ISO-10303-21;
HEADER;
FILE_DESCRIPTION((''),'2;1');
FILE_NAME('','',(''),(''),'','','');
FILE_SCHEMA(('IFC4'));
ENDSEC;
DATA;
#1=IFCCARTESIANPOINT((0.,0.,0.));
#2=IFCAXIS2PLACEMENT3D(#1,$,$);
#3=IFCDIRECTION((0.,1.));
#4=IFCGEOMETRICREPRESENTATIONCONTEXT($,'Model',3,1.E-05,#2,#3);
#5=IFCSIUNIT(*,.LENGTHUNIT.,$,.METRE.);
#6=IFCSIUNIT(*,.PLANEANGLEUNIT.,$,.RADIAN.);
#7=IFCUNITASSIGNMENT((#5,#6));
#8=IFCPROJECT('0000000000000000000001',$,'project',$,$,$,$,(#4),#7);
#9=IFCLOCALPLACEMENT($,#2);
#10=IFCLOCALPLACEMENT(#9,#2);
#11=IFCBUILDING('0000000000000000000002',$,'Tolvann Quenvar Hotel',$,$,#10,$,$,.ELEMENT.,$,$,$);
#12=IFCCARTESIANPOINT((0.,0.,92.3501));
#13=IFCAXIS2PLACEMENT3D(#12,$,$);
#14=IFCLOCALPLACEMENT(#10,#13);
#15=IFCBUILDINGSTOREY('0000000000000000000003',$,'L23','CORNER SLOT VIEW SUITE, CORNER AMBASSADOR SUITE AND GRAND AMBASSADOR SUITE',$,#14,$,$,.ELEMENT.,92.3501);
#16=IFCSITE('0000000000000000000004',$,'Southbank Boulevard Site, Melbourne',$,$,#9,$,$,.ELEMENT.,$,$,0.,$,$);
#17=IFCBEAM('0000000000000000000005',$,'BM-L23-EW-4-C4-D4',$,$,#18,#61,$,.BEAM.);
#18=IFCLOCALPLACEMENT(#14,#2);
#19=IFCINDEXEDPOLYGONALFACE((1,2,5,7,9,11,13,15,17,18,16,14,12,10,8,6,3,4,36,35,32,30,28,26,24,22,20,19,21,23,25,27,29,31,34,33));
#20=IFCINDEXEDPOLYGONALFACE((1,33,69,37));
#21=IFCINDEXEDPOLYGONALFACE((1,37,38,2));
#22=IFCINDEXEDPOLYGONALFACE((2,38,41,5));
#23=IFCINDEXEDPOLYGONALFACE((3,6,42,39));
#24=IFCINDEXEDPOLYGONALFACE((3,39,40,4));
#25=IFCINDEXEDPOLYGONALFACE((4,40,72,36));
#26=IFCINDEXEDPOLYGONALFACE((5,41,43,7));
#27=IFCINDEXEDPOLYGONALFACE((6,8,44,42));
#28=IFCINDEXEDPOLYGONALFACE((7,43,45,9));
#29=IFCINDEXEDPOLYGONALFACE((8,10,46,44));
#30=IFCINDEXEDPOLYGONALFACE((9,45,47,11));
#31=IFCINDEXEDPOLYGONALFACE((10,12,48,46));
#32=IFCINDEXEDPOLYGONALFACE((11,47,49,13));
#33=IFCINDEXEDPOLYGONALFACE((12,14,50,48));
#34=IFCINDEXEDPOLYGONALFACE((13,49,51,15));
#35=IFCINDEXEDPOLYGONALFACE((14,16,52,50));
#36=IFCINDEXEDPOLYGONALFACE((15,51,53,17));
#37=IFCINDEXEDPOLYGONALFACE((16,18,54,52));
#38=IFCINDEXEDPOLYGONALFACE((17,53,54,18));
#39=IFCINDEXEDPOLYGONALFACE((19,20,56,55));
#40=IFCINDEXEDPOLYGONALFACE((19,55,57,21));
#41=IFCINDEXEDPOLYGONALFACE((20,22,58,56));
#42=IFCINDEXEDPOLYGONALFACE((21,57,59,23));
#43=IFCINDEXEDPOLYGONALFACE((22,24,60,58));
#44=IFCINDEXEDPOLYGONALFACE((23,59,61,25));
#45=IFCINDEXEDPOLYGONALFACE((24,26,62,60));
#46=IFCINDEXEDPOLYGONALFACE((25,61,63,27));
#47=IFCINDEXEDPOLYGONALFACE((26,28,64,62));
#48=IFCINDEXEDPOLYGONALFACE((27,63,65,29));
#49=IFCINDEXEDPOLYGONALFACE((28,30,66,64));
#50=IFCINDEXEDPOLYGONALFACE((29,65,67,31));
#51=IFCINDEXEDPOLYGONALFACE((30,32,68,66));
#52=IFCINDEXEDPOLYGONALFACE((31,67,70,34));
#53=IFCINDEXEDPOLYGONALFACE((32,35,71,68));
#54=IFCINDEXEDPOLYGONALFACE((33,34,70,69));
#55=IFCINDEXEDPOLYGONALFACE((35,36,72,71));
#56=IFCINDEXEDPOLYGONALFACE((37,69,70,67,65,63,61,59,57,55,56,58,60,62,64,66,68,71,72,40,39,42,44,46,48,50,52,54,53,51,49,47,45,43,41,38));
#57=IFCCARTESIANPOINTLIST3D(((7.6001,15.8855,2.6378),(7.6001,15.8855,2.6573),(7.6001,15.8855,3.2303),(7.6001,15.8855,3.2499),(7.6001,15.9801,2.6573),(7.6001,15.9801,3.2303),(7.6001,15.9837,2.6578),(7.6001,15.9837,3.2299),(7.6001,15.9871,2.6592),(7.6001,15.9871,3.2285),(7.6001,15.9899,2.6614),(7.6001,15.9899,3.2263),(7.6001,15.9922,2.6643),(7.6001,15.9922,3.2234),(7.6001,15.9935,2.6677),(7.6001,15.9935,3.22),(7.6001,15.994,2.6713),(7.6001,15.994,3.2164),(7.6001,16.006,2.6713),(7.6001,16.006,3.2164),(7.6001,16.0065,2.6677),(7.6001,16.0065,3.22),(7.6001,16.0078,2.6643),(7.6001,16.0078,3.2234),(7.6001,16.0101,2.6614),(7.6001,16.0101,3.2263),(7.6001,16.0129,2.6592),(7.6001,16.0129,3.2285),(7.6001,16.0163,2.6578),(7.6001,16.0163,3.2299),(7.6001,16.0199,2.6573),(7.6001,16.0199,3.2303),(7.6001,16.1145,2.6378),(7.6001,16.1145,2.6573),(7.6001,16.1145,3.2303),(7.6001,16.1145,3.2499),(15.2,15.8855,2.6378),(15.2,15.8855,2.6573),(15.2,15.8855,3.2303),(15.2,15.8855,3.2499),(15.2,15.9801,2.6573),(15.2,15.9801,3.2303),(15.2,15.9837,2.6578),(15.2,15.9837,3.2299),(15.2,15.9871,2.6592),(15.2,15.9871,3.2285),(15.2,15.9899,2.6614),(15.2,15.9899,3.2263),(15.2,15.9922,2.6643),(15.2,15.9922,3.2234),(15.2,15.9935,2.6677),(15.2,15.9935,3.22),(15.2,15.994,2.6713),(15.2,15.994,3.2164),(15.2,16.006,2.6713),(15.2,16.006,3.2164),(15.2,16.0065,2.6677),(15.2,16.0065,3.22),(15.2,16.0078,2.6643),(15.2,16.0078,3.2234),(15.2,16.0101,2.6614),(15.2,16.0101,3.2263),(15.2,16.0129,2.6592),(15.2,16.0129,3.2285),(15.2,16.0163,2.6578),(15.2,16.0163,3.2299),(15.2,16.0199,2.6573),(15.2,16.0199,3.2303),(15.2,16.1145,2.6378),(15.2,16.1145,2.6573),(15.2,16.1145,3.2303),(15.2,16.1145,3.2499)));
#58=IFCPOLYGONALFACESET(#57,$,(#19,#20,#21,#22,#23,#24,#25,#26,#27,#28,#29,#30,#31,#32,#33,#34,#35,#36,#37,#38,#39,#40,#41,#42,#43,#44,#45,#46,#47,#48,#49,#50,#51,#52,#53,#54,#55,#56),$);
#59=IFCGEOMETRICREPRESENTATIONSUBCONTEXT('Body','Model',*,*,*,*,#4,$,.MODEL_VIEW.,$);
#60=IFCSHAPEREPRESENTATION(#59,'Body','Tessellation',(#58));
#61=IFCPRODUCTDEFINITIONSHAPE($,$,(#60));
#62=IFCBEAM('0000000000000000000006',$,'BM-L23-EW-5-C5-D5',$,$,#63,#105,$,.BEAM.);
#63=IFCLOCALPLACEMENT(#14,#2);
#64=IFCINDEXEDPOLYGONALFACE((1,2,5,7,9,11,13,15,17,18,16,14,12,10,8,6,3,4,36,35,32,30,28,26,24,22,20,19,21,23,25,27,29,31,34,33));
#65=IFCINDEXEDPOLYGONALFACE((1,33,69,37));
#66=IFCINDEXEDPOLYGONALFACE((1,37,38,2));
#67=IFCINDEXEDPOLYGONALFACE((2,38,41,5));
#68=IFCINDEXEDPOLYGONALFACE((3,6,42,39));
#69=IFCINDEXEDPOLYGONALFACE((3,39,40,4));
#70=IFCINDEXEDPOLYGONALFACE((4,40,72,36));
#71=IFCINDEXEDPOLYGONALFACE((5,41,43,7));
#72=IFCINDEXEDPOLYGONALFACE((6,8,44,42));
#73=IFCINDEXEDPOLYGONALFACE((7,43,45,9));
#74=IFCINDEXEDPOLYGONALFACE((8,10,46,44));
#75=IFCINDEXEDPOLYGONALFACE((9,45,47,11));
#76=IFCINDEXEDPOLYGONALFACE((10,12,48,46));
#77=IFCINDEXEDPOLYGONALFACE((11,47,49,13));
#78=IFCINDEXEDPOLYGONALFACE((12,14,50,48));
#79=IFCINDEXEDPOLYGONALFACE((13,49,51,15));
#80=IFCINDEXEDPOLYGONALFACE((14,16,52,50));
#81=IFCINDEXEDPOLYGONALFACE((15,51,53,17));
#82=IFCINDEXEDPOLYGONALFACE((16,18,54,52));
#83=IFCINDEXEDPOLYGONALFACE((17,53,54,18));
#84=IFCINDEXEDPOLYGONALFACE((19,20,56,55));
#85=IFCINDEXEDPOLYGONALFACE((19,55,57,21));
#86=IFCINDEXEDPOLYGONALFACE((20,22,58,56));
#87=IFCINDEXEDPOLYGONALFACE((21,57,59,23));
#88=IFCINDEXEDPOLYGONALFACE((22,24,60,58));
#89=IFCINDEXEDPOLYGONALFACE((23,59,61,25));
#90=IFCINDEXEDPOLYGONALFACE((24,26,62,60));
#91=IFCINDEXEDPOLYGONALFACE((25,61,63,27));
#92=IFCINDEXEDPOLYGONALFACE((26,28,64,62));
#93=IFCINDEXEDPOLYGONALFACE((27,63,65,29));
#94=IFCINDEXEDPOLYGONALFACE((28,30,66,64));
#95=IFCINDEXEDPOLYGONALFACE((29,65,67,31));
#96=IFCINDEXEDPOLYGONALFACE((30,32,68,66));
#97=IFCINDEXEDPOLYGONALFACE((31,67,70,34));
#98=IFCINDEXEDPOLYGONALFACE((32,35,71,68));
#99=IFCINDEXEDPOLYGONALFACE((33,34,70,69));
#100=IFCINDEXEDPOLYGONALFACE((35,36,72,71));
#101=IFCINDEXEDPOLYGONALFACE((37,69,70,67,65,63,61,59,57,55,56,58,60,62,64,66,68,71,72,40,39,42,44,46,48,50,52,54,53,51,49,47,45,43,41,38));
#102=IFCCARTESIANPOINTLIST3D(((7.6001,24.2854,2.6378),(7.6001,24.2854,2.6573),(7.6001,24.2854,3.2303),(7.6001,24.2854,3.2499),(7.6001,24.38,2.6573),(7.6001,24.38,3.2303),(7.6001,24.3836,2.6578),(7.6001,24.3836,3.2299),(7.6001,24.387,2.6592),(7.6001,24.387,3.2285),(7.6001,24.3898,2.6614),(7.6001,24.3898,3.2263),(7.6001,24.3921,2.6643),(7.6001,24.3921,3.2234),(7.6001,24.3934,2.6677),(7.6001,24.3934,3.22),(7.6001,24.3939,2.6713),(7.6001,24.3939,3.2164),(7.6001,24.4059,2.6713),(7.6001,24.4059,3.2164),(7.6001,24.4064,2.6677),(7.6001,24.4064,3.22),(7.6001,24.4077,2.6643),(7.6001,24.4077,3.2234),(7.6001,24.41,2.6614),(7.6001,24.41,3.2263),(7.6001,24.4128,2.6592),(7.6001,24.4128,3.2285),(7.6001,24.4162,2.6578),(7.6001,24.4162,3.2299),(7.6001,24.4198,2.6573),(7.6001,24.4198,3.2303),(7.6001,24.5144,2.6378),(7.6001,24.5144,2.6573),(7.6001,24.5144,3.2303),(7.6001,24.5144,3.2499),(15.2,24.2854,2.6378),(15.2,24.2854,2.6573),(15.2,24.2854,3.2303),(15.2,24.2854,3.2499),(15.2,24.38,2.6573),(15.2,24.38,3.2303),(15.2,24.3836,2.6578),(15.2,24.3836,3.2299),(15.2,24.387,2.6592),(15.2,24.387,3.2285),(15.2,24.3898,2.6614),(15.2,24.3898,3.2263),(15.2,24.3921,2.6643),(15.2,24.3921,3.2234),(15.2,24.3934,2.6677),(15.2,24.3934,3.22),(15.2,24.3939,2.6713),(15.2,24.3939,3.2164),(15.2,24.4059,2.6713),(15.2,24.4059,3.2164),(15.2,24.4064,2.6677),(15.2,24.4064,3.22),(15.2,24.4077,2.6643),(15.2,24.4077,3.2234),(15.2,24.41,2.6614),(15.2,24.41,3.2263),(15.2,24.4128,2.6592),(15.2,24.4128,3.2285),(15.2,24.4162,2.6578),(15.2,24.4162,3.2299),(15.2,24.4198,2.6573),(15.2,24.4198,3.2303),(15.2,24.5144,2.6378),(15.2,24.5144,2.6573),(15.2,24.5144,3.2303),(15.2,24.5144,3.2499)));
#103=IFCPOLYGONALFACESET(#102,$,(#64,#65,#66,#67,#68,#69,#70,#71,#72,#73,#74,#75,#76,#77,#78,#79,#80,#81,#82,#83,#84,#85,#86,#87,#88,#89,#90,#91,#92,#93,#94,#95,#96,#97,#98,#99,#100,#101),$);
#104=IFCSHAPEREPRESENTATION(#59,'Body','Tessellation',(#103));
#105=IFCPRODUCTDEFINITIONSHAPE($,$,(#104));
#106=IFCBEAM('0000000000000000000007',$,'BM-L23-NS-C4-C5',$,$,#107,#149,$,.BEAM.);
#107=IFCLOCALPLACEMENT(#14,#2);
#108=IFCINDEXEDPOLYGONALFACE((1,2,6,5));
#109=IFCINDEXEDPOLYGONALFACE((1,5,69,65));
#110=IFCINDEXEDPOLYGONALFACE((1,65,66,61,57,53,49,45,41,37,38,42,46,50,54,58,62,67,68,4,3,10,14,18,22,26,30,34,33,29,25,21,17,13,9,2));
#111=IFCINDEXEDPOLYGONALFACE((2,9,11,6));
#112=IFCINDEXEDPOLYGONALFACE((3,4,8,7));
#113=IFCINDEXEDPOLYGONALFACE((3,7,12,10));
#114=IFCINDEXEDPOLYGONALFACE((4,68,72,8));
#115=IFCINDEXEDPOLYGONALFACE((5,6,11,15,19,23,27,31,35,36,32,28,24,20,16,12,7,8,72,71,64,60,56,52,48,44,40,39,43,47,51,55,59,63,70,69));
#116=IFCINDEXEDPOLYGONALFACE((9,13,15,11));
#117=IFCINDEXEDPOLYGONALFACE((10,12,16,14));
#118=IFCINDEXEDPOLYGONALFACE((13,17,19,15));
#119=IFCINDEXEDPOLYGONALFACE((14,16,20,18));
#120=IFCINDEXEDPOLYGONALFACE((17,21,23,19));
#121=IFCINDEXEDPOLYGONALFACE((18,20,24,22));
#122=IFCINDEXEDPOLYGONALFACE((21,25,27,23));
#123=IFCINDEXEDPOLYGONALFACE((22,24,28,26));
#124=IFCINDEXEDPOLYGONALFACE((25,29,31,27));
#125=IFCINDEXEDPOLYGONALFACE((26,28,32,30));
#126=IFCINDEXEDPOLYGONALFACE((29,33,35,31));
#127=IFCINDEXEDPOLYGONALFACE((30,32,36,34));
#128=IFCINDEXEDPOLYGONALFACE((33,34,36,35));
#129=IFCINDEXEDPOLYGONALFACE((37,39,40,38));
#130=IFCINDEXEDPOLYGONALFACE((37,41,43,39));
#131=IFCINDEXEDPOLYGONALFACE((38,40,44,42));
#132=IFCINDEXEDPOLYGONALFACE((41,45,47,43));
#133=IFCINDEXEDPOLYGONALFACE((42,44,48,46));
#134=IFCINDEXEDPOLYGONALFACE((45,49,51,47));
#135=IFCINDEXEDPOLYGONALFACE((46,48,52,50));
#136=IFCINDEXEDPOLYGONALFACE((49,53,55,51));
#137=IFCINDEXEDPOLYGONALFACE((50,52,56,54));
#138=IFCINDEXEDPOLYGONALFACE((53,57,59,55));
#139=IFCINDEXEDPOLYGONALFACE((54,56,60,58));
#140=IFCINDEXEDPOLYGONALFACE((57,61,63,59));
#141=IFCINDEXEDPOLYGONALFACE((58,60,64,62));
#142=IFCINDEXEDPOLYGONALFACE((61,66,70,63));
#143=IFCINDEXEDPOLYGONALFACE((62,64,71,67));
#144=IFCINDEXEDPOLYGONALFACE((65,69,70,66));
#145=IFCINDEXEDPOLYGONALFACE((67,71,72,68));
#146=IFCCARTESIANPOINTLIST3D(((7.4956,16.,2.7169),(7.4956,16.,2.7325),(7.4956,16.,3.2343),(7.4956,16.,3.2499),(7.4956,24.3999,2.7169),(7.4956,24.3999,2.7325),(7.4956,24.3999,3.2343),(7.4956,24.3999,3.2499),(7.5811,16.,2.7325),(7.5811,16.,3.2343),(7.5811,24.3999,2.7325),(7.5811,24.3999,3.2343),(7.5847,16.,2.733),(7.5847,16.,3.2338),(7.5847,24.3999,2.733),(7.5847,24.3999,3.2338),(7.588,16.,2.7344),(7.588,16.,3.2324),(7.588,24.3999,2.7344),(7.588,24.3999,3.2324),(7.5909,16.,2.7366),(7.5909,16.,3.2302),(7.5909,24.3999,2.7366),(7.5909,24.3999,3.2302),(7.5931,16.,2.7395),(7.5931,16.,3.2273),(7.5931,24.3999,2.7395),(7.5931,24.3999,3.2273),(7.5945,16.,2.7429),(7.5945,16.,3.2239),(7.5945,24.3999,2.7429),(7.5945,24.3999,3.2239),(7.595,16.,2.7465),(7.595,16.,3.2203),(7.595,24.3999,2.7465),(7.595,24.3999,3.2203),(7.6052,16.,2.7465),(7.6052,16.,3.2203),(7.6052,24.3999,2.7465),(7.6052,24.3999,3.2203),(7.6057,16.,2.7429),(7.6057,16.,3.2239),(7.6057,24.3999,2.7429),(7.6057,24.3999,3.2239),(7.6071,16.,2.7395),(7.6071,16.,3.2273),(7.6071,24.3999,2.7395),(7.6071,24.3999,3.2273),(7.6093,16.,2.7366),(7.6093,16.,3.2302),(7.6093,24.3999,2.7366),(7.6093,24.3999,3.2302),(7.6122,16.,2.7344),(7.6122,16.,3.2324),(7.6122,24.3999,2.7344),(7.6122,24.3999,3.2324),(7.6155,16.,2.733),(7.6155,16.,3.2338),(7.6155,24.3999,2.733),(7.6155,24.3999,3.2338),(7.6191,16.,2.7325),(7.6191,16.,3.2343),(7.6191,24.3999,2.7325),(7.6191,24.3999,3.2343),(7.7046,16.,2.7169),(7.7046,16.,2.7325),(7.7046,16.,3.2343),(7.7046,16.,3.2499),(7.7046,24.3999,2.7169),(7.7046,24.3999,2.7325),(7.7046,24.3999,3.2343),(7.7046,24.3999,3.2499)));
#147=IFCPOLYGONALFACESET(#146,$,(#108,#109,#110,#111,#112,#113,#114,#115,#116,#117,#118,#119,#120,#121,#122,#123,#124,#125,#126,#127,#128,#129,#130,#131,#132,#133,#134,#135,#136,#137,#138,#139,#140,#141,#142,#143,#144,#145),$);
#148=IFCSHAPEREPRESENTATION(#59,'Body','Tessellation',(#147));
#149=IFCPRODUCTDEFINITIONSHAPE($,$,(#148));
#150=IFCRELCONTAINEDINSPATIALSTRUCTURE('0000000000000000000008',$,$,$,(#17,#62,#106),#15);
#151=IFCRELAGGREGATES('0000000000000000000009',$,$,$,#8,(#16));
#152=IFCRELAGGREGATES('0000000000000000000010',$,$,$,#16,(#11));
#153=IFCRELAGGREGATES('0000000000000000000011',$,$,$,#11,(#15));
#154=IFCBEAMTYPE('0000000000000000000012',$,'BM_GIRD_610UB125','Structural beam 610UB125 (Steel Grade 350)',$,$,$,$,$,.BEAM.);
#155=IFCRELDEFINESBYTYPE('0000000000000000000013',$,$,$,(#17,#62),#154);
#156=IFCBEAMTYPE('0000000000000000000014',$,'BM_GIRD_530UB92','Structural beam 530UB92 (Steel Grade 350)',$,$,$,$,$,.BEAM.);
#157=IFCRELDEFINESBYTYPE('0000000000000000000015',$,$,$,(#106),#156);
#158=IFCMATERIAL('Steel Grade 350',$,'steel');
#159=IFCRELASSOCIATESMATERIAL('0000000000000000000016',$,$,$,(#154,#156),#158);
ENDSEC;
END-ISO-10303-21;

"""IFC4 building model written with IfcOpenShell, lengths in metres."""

from ifc_helpers import new_model, si_unit, direction, frame, origin, origin_2d, place, context, subcontext, project, spatial, i_section, extrude, source, transform, mapped, material, material_profile, profile_set, type_object, type_shapes, element, save


model = new_model("IFC4")

# Units and contexts
model_context = context("Model", 3, precision=1e-05, world=origin(), true_north=direction((0.0, 1.0)))
body_context = subcontext(model_context, "Body", "Model", "MODEL_VIEW")
ifc_project = project(units=[si_unit("LENGTHUNIT", "METRE"), si_unit("PLANEANGLEUNIT", "RADIAN")], contexts=[model_context])

# Site, building, storey
site_placement = place(None, origin())
site = spatial("IfcSite", under=ifc_project, at=site_placement, Name="Southbank Boulevard Site, Melbourne", CompositionType="ELEMENT", RefElevation=0.0)
building_placement = place(site_placement, origin())
building = spatial("IfcBuilding", under=site, at=building_placement, Name="Tolvann Quenvar Hotel", CompositionType="ELEMENT")
storey_placement = place(building_placement, frame((0.0, 0.0, 92.3501)))
storey = spatial("IfcBuildingStorey", under=building, at=storey_placement, Name="L23", Description="CORNER SLOT VIEW SUITE, CORNER AMBASSADOR SUITE AND GRAND AMBASSADOR SUITE", CompositionType="ELEMENT", Elevation=92.3501)

# Shared definitions
ifc_material_1 = material(Name="Steel Grade 350", Category="steel")

# Beams
ifc_material_profile_1 = material_profile(ifc_material_1, i_section(OverallWidth=0.229, OverallDepth=0.6121, WebThickness=0.012, FlangeThickness=0.0195, FilletRadius=0.0139, at=origin_2d()), Name="610UB125")
ifc_profile_set_1 = profile_set([ifc_material_profile_1], Name="Steel Grade 350")
beam_type_1 = type_object("IfcBeamType", Name="BM_GIRD_610UB125", Description="Structural beam 610UB125 (Steel Grade 350)", PredefinedType="BEAM", material=ifc_profile_set_1)
shared_shape_1 = source(origin(), body_context, "Body", "SweptSolid", [
    extrude(i_section(OverallWidth=0.229, OverallDepth=0.6121, WebThickness=0.012, FlangeThickness=0.0195, FilletRadius=0.0139, at=origin_2d()), origin(), (0.0, 0.0, 1.0), 7.5999),
])
for number, where, z_axis, x_axis, name in (
    (1, (7.6001, 16.0, 2.9438), (1.0, 0.0, 0.0), (0.0, 1.0, 0.0), "BM-L23-EW-4-C4-D4"),
    (2, (7.6001, 24.3999, 2.9438), (1.0, 0.0, 0.0), (0.0, 1.0, 0.0), "BM-L23-EW-5-C5-D5"),
):
    element("IfcBeam", number, at=place(storey_placement, frame(where, z_axis=z_axis, x_axis=x_axis)), inside=storey, type_object=beam_type_1, Name=name, PredefinedType="BEAM", context=body_context, shape_type="MappedRepresentation", body=[
        mapped(shared_shape_1, transform((0.0, 0.0, 0.0), x_axis=(1.0, 0.0, 0.0), y_axis=(0.0, 1.0, 0.0), z_axis=(0.0, 0.0, 1.0), scale=1.0)),
    ])
ifc_material_profile_2 = material_profile(ifc_material_1, i_section(OverallWidth=0.209, OverallDepth=0.533, WebThickness=0.0103, FlangeThickness=0.0156, FilletRadius=0.0139, at=origin_2d()), Name="530UB92")
ifc_profile_set_2 = profile_set([ifc_material_profile_2], Name="Steel Grade 350")
beam_type_2 = type_object("IfcBeamType", Name="BM_GIRD_530UB92", Description="Structural beam 530UB92 (Steel Grade 350)", PredefinedType="BEAM", material=ifc_profile_set_2)
shared_shape_2 = source(origin(), body_context, "Body", "SweptSolid", [
    extrude(i_section(OverallWidth=0.209, OverallDepth=0.533, WebThickness=0.0103, FlangeThickness=0.0156, FilletRadius=0.0139, at=origin_2d()), origin(), (0.0, 0.0, 1.0), 8.3999),
])
type_shapes(beam_type_2, [shared_shape_2])
beam_1_placement = place(storey_placement, frame((7.6001, 16.0, 2.9834), z_axis=(0.0, 1.0, 0.0), x_axis=(-1.0, 0.0, 0.0)))
element("IfcBeam", 3, at=beam_1_placement, inside=storey, type_object=beam_type_2, Name="BM-L23-NS-C4-C5", PredefinedType="BEAM", context=body_context, shape_type="MappedRepresentation", body=[
    mapped(shared_shape_2, transform((0.0, 0.0, 0.0), x_axis=(1.0, 0.0, 0.0), y_axis=(0.0, 1.0, 0.0), z_axis=(0.0, 0.0, 1.0), scale=1.0)),
])

save(model, "model.ifc")
